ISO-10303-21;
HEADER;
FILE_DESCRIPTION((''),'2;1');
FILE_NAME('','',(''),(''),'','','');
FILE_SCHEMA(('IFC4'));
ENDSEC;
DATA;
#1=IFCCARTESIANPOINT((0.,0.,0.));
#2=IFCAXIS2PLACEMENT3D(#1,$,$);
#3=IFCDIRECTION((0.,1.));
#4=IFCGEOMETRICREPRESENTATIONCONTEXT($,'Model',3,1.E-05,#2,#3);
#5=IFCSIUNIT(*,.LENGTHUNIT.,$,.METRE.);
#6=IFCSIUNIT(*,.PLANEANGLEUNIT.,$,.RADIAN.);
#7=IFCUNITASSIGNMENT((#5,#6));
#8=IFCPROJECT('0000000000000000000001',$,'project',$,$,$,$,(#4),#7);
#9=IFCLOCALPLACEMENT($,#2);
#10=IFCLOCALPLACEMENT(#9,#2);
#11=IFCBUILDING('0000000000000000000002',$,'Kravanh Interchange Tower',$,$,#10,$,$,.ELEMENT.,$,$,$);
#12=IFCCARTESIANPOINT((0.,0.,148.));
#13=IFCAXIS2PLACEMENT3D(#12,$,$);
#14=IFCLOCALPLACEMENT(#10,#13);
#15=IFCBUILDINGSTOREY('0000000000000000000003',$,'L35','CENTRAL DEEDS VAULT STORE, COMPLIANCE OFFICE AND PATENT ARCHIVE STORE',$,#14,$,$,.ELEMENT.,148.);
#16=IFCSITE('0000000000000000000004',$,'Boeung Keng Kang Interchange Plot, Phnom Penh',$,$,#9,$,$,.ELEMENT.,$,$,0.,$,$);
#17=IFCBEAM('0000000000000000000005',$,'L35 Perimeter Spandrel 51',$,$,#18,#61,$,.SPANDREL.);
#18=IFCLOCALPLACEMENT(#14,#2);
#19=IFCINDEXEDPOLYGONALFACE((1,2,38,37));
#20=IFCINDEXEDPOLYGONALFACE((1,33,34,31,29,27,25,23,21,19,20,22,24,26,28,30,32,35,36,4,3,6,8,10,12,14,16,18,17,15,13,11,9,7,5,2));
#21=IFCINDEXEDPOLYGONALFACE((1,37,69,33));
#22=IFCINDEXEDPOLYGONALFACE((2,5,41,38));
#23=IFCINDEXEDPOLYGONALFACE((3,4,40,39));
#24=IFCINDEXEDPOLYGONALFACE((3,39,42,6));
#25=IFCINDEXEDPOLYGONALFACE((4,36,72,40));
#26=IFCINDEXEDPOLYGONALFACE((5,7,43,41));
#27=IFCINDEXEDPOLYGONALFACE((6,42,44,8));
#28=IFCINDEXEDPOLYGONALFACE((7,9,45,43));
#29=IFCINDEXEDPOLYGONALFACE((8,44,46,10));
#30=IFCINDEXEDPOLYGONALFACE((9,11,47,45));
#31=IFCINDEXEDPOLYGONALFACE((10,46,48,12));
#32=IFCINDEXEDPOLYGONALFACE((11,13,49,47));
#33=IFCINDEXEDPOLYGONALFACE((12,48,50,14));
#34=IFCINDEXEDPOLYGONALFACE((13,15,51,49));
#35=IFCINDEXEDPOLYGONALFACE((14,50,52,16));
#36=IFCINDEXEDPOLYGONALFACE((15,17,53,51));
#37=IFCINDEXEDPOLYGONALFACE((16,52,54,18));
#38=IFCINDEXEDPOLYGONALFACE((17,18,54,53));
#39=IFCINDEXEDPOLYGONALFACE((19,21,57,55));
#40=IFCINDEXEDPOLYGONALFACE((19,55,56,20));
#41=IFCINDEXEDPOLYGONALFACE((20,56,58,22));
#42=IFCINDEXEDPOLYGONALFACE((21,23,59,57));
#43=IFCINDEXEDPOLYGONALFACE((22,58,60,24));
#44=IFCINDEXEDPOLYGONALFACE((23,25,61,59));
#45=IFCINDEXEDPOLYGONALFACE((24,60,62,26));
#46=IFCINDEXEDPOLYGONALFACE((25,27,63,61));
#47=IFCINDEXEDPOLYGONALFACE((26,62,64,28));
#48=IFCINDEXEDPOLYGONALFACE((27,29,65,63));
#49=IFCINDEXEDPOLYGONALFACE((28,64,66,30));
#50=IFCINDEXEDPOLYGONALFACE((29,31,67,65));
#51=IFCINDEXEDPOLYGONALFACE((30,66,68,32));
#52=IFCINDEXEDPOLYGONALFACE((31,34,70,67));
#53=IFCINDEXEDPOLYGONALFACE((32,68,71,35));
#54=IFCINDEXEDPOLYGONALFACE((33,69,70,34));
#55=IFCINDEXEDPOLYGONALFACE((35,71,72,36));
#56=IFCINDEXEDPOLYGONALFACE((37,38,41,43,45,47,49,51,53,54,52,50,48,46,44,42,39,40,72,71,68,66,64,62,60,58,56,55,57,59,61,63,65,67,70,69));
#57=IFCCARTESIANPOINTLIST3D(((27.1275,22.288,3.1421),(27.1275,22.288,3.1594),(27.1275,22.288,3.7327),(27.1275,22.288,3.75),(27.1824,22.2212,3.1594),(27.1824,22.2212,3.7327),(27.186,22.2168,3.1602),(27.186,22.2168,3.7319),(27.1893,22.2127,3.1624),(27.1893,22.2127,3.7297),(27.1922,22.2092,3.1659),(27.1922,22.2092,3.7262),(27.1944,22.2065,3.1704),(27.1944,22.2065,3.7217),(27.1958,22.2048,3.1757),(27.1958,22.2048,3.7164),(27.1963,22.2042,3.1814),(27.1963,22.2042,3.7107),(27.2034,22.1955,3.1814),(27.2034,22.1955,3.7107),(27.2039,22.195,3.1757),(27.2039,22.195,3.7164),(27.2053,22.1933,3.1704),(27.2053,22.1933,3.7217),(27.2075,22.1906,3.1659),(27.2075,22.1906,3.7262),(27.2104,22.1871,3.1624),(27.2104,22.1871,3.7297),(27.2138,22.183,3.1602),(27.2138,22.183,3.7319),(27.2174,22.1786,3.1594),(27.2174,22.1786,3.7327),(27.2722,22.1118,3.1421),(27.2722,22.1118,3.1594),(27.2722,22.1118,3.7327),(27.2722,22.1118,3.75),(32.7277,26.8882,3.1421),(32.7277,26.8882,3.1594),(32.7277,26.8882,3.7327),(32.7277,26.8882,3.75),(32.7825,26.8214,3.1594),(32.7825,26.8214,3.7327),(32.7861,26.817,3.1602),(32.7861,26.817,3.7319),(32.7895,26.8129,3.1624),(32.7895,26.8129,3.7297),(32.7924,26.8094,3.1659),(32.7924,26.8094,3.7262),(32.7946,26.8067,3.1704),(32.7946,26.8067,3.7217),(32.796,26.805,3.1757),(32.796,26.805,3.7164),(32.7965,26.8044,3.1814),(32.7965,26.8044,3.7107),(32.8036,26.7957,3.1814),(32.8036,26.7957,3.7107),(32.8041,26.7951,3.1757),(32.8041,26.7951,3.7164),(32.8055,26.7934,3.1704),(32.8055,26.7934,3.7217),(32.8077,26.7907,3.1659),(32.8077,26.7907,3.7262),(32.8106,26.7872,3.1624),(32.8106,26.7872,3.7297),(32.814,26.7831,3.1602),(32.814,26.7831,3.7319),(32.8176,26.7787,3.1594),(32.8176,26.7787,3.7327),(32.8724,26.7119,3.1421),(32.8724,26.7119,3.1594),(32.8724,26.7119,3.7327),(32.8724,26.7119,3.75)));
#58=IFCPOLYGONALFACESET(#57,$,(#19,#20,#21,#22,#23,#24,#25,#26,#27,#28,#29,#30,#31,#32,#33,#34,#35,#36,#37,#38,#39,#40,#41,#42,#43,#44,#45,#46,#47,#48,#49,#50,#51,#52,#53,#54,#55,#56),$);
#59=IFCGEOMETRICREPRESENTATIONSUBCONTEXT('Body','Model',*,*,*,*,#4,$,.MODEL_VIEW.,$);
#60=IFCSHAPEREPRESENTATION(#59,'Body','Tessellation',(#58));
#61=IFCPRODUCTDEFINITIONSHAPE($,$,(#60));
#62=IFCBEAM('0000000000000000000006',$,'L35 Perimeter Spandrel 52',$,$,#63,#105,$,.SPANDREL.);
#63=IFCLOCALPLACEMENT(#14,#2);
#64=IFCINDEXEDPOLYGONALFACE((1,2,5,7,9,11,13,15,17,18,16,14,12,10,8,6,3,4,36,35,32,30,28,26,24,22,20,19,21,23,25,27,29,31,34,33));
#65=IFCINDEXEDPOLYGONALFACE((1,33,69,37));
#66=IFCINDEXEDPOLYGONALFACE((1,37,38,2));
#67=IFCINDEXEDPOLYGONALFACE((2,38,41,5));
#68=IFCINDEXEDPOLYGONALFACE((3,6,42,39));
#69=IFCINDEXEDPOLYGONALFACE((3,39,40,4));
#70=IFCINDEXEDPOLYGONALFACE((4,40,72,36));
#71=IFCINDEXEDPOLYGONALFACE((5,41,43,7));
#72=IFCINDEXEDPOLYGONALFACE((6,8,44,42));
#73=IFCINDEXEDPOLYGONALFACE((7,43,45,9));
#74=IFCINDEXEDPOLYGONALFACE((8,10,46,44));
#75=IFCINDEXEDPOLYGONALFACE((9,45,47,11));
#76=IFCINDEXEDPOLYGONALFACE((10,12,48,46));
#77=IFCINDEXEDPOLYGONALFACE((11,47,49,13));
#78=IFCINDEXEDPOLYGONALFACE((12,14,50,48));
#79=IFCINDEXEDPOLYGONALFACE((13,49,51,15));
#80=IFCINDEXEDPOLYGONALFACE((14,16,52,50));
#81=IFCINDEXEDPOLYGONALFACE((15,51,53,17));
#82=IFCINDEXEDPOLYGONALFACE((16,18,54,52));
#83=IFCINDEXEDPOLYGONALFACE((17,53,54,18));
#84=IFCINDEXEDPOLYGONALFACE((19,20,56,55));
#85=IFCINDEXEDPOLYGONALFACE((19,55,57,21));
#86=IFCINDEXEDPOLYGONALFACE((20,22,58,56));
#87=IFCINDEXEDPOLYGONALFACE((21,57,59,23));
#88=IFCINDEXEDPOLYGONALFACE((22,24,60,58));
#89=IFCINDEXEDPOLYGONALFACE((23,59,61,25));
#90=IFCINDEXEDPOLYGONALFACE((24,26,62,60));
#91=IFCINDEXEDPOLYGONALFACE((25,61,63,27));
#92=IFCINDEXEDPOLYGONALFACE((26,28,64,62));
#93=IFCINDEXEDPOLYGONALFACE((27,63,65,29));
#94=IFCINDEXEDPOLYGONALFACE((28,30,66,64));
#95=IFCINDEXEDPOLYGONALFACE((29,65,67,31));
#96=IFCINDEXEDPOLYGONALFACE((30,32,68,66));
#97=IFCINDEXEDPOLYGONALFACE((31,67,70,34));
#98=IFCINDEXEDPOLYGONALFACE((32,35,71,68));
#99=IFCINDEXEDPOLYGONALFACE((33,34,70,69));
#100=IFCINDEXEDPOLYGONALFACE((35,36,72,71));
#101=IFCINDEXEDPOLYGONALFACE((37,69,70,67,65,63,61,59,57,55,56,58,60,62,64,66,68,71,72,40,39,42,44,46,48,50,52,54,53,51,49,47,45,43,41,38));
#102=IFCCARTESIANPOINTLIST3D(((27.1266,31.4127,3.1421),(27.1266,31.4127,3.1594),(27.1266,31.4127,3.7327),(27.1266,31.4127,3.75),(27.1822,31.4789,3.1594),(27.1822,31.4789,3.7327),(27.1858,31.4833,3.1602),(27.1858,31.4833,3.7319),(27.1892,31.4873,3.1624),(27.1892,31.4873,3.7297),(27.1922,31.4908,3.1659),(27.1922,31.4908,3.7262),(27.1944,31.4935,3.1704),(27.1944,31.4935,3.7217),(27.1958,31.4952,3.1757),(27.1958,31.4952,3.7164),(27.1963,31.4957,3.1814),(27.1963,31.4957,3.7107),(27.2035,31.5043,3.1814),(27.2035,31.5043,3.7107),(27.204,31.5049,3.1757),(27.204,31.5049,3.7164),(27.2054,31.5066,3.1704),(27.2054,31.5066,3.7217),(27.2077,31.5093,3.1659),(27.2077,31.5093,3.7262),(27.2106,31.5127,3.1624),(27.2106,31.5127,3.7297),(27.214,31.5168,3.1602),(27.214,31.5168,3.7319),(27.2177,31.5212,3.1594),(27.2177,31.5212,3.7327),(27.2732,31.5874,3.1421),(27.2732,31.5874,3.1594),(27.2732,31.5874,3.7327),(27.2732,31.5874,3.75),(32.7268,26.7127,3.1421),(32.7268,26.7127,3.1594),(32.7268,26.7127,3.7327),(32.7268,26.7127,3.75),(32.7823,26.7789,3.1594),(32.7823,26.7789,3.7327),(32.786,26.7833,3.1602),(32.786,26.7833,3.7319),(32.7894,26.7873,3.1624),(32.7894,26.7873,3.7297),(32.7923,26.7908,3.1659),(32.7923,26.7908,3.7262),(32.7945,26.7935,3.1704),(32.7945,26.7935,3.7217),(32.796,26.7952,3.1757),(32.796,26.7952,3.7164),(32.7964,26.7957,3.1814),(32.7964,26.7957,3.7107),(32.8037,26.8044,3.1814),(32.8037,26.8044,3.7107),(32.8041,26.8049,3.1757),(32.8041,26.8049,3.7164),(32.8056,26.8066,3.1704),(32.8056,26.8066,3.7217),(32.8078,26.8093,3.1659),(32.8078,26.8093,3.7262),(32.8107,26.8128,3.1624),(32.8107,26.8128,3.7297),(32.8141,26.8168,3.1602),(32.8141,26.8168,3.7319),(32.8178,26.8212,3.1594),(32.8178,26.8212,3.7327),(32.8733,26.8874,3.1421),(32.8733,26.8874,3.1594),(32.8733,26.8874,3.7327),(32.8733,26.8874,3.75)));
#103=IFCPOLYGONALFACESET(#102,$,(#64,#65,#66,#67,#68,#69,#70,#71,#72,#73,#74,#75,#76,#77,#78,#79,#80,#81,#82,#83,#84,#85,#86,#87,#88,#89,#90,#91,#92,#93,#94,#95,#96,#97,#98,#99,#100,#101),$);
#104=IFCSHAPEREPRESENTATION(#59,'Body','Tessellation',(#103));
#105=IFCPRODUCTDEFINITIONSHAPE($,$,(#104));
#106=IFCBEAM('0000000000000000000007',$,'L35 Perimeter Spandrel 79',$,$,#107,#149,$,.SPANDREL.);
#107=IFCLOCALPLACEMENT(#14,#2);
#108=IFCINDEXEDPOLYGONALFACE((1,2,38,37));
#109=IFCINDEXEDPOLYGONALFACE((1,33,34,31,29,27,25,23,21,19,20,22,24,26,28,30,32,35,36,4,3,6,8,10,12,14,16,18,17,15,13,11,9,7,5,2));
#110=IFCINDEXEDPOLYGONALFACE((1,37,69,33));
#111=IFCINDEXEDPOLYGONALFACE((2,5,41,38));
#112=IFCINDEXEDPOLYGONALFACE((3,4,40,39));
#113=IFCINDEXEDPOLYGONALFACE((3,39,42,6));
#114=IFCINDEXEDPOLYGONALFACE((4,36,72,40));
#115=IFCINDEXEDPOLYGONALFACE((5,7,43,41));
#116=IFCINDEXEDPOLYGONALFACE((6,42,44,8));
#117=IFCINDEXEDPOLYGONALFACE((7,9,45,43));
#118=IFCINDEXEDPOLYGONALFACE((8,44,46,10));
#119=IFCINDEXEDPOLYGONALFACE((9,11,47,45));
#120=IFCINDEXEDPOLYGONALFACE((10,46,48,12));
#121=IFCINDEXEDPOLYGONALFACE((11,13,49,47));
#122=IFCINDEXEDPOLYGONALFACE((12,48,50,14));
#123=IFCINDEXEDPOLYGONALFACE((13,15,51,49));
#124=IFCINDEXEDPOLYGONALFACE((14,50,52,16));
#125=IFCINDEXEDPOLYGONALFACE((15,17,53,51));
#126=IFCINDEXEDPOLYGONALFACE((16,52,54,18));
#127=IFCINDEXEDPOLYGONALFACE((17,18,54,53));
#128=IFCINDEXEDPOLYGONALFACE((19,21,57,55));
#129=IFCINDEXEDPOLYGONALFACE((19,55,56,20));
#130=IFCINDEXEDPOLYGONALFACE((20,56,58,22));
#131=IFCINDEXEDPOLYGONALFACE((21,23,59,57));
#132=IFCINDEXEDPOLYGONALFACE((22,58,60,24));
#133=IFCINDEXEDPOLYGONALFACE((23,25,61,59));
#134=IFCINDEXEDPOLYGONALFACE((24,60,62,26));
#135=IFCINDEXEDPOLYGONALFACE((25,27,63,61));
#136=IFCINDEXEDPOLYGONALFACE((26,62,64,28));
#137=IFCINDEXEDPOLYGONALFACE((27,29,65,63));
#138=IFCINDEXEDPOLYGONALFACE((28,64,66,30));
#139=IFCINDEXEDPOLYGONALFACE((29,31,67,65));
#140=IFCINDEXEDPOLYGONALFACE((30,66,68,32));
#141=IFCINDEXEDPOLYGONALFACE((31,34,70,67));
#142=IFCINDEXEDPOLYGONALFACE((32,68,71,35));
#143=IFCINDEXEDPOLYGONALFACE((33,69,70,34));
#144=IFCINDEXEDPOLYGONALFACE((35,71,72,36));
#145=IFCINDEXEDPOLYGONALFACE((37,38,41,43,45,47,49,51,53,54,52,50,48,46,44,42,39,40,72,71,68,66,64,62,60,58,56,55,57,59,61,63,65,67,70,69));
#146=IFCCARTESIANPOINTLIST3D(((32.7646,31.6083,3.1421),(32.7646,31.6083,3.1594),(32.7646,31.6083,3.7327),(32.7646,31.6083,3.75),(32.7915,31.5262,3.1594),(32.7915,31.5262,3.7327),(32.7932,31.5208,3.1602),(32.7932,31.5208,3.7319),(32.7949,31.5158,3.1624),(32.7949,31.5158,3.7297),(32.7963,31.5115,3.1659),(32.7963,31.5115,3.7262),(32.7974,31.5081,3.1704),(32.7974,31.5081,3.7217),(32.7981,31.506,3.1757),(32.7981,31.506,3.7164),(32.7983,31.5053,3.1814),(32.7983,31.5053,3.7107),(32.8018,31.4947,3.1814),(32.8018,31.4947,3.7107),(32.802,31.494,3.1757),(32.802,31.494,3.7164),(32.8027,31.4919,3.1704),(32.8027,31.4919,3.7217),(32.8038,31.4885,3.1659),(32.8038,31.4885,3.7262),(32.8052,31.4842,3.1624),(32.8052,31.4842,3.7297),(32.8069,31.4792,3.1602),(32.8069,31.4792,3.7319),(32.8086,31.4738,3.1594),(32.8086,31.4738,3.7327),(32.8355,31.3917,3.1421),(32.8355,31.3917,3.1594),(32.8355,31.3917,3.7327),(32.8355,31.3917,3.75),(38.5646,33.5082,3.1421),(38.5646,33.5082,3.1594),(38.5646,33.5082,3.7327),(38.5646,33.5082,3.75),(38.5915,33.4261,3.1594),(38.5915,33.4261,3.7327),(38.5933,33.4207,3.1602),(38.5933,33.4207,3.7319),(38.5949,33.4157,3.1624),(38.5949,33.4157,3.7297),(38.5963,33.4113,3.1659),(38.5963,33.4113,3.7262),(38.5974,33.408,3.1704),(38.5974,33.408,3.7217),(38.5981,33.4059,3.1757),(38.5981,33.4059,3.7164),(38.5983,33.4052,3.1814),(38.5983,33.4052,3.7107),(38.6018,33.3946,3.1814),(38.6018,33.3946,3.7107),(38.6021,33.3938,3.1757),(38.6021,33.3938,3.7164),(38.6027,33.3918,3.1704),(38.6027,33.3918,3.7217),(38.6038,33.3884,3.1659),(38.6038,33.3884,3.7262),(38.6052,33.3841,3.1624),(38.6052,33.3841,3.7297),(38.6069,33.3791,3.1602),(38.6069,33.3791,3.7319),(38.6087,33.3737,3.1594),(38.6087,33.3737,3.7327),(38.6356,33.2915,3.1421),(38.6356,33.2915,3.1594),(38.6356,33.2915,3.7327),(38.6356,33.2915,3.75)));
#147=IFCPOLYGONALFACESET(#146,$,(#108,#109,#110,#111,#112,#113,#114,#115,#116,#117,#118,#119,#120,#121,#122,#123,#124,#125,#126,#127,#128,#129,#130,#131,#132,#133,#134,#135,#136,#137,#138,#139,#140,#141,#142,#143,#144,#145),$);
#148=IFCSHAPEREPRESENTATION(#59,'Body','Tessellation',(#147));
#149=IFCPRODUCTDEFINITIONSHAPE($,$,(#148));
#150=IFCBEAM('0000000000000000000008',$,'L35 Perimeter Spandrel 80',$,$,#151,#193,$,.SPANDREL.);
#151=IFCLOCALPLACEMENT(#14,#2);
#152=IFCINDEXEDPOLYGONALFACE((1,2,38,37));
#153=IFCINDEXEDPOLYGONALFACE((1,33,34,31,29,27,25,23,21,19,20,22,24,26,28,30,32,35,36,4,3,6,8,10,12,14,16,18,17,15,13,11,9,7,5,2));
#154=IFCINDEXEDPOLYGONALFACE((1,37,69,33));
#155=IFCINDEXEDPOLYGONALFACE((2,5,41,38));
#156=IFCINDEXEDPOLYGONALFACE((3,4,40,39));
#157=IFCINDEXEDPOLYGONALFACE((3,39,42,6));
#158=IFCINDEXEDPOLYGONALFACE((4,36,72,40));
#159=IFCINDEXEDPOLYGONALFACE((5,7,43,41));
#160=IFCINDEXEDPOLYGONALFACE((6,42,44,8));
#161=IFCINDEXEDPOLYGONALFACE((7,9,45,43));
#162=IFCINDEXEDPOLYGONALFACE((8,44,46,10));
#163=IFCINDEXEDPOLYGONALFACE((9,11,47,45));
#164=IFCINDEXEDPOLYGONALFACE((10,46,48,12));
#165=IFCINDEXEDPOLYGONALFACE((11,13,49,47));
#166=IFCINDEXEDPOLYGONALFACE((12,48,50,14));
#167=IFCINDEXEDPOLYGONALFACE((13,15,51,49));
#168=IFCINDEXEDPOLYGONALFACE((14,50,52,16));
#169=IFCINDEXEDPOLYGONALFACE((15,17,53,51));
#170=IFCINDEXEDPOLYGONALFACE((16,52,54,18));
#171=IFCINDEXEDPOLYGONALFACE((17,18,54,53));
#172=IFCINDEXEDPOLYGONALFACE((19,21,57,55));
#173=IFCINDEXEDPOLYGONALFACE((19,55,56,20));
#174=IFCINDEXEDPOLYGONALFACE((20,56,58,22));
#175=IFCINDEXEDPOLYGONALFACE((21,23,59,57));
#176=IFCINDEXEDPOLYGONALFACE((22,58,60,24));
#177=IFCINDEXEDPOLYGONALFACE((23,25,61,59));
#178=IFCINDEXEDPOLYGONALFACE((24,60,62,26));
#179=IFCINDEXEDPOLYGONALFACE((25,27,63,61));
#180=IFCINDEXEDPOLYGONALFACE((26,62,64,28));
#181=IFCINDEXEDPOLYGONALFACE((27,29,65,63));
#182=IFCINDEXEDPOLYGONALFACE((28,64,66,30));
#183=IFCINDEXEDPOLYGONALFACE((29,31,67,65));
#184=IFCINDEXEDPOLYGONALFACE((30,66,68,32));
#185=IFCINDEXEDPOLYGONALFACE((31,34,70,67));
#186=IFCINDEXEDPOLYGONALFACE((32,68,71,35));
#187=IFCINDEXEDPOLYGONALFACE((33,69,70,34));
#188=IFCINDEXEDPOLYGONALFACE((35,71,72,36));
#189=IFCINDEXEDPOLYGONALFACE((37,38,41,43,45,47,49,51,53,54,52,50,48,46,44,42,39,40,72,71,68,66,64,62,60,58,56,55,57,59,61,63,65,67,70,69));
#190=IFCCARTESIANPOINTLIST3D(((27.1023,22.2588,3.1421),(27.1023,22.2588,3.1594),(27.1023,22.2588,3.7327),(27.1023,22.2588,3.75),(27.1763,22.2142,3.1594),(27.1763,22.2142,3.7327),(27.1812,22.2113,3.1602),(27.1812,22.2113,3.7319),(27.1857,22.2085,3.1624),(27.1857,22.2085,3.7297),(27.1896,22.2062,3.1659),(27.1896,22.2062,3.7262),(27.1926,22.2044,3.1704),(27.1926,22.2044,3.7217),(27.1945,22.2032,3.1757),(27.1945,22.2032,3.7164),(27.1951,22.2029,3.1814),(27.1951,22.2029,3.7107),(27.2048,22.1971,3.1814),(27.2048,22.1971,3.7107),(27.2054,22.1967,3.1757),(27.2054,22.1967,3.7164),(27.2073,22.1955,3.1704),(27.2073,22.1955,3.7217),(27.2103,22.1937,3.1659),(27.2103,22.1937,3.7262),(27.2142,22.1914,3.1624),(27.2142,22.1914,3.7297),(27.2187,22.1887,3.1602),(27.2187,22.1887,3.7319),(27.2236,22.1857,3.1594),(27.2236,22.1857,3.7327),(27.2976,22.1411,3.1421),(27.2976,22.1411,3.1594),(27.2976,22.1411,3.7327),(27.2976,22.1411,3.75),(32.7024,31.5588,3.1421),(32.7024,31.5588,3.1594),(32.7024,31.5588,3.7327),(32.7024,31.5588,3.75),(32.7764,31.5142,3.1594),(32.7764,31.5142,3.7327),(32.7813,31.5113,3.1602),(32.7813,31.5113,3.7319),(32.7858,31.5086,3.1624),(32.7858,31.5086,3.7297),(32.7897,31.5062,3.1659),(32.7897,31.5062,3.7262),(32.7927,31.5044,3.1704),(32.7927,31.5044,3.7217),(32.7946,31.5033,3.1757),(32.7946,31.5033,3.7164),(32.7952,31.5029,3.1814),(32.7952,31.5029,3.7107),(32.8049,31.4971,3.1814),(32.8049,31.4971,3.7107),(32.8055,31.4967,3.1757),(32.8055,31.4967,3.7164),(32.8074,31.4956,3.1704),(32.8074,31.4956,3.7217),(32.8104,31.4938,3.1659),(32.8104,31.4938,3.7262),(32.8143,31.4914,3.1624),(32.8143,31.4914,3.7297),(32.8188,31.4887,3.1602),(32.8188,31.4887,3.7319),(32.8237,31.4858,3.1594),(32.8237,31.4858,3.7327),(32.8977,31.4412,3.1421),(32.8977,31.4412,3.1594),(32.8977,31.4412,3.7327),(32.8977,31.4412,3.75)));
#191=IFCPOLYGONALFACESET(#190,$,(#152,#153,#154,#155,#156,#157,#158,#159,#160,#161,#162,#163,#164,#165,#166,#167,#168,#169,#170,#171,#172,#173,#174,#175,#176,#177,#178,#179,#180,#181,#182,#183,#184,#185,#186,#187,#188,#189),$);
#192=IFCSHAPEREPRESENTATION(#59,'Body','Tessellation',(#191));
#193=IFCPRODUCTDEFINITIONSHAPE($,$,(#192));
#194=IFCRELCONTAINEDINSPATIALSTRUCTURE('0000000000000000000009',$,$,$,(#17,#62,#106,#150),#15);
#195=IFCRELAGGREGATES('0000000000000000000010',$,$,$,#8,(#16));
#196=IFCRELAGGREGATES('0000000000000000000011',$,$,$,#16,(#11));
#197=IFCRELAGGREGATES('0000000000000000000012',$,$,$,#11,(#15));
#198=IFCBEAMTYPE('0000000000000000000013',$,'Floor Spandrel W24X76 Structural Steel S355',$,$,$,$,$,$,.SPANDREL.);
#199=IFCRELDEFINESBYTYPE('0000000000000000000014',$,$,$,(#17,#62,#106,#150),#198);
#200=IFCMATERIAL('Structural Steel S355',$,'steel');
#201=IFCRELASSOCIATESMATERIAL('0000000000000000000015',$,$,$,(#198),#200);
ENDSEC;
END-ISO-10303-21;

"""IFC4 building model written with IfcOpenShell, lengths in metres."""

from ifc_helpers import new_model, si_unit, direction, frame, origin, origin_2d, place, context, subcontext, project, spatial, i_section, extrude, material, material_profile, profile_set, type_object, element, save


model = new_model("IFC4")

# Units and contexts
model_context = context("Model", 3, precision=1e-05, world=origin(), true_north=direction((0.0, 1.0)))
body_context = subcontext(model_context, "Body", "Model", "MODEL_VIEW")
ifc_project = project(units=[si_unit("LENGTHUNIT", "METRE"), si_unit("PLANEANGLEUNIT", "RADIAN")], contexts=[model_context])

# Site, building, storey
site_placement = place(None, origin())
site = spatial("IfcSite", under=ifc_project, at=site_placement, Name="Boeung Keng Kang Interchange Plot, Phnom Penh", CompositionType="ELEMENT", RefElevation=0.0)
building_placement = place(site_placement, origin())
building = spatial("IfcBuilding", under=site, at=building_placement, Name="Kravanh Interchange Tower", CompositionType="ELEMENT")
storey_placement = place(building_placement, frame((0.0, 0.0, 148.0)))
storey = spatial("IfcBuildingStorey", under=building, at=storey_placement, Name="L35", Description="CENTRAL DEEDS VAULT STORE, COMPLIANCE OFFICE AND PATENT ARCHIVE STORE", CompositionType="ELEMENT", Elevation=148.0)

# Beams
ifc_material_1 = material(Name="Structural Steel S355", Category="steel")
ifc_material_profile_1 = material_profile(ifc_material_1, i_section(OverallWidth=0.228, OverallDepth=0.6079, WebThickness=0.0112, FlangeThickness=0.0173, FilletRadius=0.022, at=origin_2d()), Name="W24X76")
ifc_profile_set_1 = profile_set([ifc_material_profile_1], Name="Structural Steel S355")
beam_type_1 = type_object("IfcBeamType", Name="Floor Spandrel W24X76 Structural Steel S355", PredefinedType="SPANDREL", material=ifc_profile_set_1)
beam_1_placement = place(storey_placement, frame((32.8, 26.8, 3.446), z_axis=(-0.772725, -0.634741, 0.0), x_axis=(0.634741, -0.772725, 0.0)))
element("IfcBeam", 1, at=beam_1_placement, inside=storey, type_object=beam_type_1, Name="L35 Perimeter Spandrel 51", PredefinedType="SPANDREL", context=body_context, shape_type="SweptSolid", body=[
    extrude(i_section(OverallWidth=0.228, OverallDepth=0.6079, WebThickness=0.0112, FlangeThickness=0.0173, FilletRadius=0.022, at=origin_2d()), origin(), (0.0, 0.0, 1.0), 7.2473),
])
beam_2_placement = place(storey_placement, frame((32.8, 26.8, 3.446), z_axis=(-0.765983, 0.642861, 0.0), x_axis=(-0.642861, -0.765983, 0.0)))
element("IfcBeam", 2, at=beam_2_placement, inside=storey, type_object=beam_type_1, Name="L35 Perimeter Spandrel 52", PredefinedType="SPANDREL", context=body_context, shape_type="SweptSolid", body=[
    extrude(i_section(OverallWidth=0.228, OverallDepth=0.6079, WebThickness=0.0112, FlangeThickness=0.0173, FilletRadius=0.022, at=origin_2d()), origin(), (0.0, 0.0, 1.0), 7.311),
])
beam_3_placement = place(storey_placement, frame((32.8, 31.5, 3.446), z_axis=(0.950315, 0.311291, 0.0), x_axis=(-0.311291, 0.950315, 0.0)))
element("IfcBeam", 3, at=beam_3_placement, inside=storey, type_object=beam_type_1, Name="L35 Perimeter Spandrel 79", PredefinedType="SPANDREL", context=body_context, shape_type="SweptSolid", body=[
    extrude(i_section(OverallWidth=0.228, OverallDepth=0.6079, WebThickness=0.0112, FlangeThickness=0.0173, FilletRadius=0.022, at=origin_2d()), origin(), (0.0, 0.0, 1.0), 6.1033),
])
beam_4_placement = place(storey_placement, frame((32.8, 31.5, 3.446), z_axis=(-0.515854, -0.856676, 0.0), x_axis=(0.856676, -0.515854, 0.0)))
element("IfcBeam", 4, at=beam_4_placement, inside=storey, type_object=beam_type_1, Name="L35 Perimeter Spandrel 80", PredefinedType="SPANDREL", context=body_context, shape_type="SweptSolid", body=[
    extrude(i_section(OverallWidth=0.228, OverallDepth=0.6079, WebThickness=0.0112, FlangeThickness=0.0173, FilletRadius=0.022, at=origin_2d()), origin(), (0.0, 0.0, 1.0), 10.856),
])

save(model, "model.ifc")
